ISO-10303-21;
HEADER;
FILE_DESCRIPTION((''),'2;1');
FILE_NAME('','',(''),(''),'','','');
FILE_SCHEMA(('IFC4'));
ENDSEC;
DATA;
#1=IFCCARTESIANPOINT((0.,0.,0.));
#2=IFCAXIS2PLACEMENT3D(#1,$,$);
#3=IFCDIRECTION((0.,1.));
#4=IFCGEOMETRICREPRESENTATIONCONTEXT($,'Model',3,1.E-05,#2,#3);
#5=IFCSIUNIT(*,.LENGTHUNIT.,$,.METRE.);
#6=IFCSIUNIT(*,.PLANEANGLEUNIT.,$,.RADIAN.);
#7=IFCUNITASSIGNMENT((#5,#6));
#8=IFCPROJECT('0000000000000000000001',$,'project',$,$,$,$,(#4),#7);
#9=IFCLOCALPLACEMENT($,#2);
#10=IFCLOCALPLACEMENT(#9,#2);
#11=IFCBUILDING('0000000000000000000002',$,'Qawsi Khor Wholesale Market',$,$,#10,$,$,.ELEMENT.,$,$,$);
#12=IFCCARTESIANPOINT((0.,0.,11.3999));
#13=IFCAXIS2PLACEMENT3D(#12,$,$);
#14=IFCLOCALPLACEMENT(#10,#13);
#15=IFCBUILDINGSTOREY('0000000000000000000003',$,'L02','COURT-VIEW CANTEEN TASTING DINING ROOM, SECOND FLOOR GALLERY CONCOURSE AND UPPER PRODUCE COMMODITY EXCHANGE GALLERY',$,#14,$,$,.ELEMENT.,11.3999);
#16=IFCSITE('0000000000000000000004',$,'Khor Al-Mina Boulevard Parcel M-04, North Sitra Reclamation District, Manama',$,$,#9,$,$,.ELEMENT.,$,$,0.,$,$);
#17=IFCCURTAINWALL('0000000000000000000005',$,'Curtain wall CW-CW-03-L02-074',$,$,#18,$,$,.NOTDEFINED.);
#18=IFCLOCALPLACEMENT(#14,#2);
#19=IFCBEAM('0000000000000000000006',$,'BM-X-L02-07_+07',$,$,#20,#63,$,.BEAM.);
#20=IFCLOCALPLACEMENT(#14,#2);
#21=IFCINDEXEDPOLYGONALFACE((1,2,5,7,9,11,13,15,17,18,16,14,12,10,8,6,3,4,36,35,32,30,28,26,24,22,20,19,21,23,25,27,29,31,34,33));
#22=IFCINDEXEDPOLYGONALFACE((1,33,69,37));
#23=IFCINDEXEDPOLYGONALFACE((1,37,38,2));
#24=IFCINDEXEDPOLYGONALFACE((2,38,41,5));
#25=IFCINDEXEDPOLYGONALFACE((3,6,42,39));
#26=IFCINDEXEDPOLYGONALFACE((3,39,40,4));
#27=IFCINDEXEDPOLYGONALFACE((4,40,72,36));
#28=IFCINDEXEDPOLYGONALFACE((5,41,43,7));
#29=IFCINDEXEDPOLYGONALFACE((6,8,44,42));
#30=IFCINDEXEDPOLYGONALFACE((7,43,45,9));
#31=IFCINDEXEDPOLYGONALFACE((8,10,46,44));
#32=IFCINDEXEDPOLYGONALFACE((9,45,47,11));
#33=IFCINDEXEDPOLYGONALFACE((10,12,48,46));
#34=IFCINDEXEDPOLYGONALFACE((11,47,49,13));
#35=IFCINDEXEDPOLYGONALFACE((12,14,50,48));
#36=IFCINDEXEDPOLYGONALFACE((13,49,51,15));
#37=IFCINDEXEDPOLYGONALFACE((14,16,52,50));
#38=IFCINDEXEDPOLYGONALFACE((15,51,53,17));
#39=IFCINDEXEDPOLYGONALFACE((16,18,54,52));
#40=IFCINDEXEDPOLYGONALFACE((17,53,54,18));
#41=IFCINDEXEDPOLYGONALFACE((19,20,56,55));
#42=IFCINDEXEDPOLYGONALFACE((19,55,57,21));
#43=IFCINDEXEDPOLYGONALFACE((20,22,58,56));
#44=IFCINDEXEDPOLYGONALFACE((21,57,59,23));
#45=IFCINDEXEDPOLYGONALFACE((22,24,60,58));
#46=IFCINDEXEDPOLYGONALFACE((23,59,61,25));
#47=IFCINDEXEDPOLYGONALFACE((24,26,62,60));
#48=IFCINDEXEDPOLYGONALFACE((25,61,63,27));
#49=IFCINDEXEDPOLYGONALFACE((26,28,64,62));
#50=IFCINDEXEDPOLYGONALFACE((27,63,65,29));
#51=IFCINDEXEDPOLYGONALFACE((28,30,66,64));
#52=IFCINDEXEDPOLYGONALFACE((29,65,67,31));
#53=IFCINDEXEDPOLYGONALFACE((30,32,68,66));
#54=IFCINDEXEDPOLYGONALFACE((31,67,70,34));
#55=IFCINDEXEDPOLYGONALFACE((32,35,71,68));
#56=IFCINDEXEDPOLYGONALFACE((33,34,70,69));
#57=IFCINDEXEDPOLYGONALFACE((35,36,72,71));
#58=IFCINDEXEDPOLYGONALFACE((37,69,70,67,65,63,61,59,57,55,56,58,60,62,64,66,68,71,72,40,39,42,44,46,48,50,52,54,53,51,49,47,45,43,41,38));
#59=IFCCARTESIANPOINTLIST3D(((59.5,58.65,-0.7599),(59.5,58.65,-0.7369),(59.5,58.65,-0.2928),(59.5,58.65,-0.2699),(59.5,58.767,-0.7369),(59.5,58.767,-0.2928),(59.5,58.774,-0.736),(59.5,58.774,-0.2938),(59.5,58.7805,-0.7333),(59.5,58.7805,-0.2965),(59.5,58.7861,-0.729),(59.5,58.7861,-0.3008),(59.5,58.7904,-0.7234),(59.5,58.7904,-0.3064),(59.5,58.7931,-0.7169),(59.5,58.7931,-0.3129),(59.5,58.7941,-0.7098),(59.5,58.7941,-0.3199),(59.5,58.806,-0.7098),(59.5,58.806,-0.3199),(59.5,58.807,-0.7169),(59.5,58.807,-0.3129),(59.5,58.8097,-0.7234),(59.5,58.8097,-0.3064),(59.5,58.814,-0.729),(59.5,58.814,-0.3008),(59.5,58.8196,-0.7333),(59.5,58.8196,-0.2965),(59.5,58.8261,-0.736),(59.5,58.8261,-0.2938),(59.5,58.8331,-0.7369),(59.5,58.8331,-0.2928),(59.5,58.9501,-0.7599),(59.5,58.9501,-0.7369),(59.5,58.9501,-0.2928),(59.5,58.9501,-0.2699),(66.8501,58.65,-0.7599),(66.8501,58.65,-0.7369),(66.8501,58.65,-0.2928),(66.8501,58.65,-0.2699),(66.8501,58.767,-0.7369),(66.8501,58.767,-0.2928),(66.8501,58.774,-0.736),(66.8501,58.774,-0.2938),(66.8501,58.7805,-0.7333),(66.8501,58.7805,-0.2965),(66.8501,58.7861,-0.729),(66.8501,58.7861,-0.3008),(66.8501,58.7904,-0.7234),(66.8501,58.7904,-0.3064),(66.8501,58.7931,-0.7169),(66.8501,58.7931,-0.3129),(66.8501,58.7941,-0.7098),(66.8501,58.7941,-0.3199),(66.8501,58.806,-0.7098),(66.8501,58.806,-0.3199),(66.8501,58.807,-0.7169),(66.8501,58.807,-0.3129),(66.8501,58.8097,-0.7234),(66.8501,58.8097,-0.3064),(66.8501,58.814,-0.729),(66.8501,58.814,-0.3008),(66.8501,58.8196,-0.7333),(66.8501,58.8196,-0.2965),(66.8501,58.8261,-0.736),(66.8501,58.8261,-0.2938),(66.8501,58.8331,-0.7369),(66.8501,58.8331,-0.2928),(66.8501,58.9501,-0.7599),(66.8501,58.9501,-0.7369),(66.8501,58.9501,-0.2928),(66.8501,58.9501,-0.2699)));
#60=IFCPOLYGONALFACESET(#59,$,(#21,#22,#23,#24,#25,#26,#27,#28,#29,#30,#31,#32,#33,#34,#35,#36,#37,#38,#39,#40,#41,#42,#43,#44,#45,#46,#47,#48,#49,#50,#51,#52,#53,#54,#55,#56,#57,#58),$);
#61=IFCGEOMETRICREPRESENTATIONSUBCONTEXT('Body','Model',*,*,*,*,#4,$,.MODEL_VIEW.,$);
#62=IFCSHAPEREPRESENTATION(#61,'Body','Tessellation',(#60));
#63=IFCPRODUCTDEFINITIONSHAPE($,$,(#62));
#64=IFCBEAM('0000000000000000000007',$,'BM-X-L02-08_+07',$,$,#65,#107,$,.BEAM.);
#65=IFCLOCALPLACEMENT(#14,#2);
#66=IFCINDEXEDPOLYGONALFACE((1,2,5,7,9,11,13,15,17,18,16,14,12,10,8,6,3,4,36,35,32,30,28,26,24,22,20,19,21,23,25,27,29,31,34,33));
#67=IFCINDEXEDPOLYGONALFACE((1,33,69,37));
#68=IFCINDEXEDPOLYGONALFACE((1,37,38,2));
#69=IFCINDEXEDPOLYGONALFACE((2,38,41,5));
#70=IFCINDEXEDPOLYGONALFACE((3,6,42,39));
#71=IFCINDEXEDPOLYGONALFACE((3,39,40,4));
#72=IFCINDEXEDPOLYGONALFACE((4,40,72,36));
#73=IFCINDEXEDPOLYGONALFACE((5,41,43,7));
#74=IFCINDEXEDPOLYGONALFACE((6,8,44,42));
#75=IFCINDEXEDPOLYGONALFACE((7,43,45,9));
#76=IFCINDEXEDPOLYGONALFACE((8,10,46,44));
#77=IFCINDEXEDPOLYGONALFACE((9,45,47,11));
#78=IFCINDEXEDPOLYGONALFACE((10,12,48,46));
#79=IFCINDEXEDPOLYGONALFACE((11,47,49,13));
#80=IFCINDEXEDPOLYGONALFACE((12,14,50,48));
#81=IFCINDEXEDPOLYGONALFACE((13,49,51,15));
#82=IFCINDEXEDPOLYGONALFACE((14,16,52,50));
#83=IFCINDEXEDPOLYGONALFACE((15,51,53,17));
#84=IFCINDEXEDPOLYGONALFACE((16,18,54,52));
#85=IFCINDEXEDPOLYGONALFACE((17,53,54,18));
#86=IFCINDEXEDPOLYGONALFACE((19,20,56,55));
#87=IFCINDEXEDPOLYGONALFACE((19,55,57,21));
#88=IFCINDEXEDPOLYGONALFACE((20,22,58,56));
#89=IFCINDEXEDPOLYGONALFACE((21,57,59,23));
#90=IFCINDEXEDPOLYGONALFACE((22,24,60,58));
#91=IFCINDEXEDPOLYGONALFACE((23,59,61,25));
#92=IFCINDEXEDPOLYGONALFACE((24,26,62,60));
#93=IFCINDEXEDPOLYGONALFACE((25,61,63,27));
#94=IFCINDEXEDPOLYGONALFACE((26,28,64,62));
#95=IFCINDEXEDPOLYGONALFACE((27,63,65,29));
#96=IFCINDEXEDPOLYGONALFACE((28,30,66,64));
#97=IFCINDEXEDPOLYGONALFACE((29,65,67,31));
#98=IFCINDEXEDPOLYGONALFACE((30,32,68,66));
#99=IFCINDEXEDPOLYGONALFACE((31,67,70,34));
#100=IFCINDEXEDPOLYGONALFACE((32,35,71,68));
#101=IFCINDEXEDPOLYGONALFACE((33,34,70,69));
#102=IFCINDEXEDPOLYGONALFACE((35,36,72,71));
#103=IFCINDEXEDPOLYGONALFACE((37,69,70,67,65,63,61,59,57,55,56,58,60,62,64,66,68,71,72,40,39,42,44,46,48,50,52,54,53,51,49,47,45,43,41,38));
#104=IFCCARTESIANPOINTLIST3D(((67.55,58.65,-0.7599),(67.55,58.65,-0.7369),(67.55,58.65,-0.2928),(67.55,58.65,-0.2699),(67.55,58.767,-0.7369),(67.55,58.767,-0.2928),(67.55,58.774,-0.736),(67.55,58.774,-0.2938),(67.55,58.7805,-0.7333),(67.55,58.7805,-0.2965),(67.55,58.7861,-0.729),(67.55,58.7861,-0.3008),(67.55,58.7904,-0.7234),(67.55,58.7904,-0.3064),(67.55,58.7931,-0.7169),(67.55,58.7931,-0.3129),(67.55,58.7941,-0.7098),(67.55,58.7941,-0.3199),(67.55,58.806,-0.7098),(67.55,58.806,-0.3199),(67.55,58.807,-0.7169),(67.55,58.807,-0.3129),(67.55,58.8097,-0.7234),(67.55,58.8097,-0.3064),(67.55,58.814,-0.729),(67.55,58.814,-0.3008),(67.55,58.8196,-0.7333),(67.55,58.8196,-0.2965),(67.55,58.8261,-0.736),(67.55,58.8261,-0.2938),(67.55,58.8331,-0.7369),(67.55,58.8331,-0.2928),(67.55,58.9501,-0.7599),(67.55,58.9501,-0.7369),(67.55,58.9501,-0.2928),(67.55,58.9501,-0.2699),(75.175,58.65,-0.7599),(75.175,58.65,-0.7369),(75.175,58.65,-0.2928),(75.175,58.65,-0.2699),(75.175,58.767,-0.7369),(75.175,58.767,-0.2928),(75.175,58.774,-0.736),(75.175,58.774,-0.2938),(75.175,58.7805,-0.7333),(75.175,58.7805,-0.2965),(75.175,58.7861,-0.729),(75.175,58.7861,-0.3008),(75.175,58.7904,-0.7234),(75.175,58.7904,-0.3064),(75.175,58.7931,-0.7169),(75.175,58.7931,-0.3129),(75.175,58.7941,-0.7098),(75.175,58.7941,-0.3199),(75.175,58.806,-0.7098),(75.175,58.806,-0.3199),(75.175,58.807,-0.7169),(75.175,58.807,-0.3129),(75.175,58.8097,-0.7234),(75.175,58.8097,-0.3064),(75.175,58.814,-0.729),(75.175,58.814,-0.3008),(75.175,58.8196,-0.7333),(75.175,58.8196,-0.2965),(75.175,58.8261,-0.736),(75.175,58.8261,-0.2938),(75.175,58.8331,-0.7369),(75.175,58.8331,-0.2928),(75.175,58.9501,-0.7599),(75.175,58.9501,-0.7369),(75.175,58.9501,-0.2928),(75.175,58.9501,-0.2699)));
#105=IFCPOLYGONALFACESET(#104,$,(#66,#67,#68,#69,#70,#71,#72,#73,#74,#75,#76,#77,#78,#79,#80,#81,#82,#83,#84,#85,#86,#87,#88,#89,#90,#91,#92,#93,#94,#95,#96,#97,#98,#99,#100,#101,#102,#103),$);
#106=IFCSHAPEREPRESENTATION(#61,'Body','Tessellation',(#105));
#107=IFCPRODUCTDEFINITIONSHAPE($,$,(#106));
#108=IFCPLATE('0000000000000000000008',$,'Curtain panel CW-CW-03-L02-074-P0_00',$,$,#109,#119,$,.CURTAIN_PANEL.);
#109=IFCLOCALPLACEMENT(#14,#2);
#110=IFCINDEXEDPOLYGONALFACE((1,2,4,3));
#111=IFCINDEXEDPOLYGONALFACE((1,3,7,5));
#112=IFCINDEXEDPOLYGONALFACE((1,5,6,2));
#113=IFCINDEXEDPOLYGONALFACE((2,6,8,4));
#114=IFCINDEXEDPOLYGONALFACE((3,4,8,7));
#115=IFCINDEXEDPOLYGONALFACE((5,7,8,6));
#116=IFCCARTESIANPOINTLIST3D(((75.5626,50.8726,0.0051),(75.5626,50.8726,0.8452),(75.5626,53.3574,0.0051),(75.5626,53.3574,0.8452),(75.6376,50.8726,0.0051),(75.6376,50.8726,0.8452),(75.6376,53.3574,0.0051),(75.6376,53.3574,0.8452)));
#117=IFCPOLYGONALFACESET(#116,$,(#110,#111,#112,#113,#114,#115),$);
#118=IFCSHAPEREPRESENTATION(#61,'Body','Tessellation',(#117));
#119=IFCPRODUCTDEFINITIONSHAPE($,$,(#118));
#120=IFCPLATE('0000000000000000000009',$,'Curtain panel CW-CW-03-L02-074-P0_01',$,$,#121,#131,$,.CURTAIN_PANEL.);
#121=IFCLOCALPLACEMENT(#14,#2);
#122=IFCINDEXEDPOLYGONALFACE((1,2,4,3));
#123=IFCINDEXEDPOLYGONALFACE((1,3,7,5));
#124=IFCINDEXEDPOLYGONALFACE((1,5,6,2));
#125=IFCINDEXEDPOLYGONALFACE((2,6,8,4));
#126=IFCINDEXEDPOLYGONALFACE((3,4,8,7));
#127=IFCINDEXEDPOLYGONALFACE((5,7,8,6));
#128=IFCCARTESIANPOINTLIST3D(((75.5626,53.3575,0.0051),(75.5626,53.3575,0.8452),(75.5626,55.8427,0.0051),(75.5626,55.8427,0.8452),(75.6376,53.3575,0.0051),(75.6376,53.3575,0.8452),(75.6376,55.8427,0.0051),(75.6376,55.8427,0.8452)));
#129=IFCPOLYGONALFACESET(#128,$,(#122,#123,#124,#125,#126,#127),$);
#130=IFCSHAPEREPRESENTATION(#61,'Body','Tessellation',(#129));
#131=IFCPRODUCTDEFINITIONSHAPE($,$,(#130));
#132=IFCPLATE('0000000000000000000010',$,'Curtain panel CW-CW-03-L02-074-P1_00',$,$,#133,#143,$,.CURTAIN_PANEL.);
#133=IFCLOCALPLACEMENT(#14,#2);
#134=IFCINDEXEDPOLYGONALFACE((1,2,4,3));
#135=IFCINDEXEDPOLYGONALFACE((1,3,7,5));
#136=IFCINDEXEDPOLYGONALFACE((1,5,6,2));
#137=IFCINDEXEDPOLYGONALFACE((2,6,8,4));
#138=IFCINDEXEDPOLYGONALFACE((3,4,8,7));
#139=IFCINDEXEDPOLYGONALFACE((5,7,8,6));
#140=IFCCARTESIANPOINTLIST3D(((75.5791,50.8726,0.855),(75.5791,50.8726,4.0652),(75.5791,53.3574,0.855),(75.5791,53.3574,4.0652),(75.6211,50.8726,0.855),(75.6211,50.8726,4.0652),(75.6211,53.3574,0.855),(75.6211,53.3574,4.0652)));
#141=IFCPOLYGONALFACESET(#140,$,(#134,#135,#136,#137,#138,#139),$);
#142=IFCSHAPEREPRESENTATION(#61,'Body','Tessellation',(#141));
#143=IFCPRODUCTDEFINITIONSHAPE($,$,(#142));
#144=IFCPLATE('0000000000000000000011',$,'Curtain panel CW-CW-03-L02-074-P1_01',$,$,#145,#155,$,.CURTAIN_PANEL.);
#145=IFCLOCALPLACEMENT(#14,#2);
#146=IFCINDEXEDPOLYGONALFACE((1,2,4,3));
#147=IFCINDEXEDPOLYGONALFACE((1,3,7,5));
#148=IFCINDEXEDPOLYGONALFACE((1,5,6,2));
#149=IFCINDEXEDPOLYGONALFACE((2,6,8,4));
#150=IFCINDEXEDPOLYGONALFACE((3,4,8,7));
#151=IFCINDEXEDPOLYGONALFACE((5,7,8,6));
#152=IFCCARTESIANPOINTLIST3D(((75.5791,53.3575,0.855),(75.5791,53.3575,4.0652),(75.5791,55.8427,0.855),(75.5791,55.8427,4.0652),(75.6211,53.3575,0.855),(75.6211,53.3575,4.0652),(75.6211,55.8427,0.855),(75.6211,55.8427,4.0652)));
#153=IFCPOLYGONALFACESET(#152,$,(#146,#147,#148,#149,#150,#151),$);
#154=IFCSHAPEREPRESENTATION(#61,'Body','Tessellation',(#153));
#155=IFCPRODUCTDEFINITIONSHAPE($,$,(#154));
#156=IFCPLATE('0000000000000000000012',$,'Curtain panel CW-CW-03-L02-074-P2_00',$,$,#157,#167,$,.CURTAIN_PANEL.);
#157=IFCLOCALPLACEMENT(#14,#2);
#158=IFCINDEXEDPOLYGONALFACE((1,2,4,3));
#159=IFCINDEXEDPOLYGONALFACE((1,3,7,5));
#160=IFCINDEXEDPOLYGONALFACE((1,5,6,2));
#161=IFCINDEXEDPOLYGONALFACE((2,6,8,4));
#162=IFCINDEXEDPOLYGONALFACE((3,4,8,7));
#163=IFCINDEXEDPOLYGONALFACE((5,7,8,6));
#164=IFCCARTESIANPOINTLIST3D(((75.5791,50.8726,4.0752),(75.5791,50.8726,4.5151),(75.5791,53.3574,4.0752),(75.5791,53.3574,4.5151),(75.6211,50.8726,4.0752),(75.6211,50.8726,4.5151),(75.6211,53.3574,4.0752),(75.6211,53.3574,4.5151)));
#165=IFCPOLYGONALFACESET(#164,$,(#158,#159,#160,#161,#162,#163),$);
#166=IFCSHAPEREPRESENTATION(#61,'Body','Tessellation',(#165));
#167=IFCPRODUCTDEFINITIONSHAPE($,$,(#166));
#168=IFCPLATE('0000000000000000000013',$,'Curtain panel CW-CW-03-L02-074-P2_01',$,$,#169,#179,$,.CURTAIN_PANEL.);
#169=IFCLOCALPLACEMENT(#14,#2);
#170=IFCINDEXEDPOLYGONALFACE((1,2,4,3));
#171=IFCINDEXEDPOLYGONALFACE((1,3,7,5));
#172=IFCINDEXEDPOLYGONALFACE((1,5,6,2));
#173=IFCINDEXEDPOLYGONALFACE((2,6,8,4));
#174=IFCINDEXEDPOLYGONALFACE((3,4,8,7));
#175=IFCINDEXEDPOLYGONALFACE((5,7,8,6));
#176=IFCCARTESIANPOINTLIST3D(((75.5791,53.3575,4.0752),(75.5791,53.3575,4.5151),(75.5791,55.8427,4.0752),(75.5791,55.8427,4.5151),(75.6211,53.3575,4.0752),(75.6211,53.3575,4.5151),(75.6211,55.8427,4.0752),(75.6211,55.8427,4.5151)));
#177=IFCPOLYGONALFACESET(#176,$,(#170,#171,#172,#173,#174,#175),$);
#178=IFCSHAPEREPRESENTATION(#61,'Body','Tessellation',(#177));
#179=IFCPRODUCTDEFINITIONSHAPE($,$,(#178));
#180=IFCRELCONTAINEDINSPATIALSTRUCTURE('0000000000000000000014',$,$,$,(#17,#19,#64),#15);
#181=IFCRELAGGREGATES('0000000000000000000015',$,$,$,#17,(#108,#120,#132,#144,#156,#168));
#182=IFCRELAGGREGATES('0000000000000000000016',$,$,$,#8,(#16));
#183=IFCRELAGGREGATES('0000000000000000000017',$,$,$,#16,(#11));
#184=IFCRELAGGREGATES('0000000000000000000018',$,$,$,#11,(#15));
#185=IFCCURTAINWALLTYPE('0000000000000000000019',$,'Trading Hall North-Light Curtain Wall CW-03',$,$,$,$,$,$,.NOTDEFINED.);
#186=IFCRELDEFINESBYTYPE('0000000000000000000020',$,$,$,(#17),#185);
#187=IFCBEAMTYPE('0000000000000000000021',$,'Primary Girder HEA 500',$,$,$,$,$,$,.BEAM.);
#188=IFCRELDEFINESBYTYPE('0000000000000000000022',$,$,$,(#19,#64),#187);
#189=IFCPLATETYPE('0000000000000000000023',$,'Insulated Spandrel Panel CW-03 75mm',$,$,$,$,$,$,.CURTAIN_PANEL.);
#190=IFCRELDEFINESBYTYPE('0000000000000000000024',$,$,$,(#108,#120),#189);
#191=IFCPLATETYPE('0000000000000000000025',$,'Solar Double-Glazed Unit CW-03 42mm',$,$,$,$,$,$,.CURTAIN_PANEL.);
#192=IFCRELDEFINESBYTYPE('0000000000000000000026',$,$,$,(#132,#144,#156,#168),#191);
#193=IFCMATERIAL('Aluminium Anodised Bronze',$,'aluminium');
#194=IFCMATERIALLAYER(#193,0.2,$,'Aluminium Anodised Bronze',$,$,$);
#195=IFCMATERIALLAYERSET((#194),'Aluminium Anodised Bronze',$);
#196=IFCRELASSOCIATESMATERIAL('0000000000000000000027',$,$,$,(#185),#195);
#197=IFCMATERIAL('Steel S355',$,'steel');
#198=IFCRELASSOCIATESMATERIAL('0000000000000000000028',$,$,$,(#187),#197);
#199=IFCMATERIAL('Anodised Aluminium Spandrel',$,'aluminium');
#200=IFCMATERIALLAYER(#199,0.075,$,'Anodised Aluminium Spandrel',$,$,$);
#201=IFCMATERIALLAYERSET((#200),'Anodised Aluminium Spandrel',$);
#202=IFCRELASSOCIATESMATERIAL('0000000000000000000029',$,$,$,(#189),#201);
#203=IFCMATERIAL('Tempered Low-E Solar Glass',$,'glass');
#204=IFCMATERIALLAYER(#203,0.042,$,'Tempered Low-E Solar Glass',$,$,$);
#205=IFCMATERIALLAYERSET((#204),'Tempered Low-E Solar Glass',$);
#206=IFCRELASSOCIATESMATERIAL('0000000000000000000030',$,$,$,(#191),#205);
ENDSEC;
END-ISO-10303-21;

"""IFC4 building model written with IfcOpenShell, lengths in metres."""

from ifc_helpers import new_model, si_unit, direction, frame, frame_2d, origin, origin_2d, place, context, subcontext, project, spatial, rectangle, i_section, extrude, material, layer, layer_set, material_profile, profile_set, type_object, element, aggregate, save


model = new_model("IFC4")

# Units and contexts
model_context = context("Model", 3, precision=1e-05, world=origin(), true_north=direction((0.0, 1.0)))
body_context = subcontext(model_context, "Body", "Model", "MODEL_VIEW")
ifc_project = project(units=[si_unit("LENGTHUNIT", "METRE"), si_unit("PLANEANGLEUNIT", "RADIAN")], contexts=[model_context])

# Site, building, storey
site_placement = place(None, origin())
site = spatial("IfcSite", under=ifc_project, at=site_placement, Name="Khor Al-Mina Boulevard Parcel M-04, North Sitra Reclamation District, Manama", CompositionType="ELEMENT", RefElevation=0.0)
building_placement = place(site_placement, origin())
building = spatial("IfcBuilding", under=site, at=building_placement, Name="Qawsi Khor Wholesale Market", CompositionType="ELEMENT")
storey_placement = place(building_placement, frame((0.0, 0.0, 11.3999)))
storey = spatial("IfcBuildingStorey", under=building, at=storey_placement, Name="L02", Description="COURT-VIEW CANTEEN TASTING DINING ROOM, SECOND FLOOR GALLERY CONCOURSE AND UPPER PRODUCE COMMODITY EXCHANGE GALLERY", CompositionType="ELEMENT", Elevation=11.3999)

# Curtain wall
ifc_material_1 = material(Name="Aluminium Anodised Bronze", Category="aluminium")
ifc_layer_1 = layer(ifc_material_1, 0.2, Name="Aluminium Anodised Bronze")
ifc_layer_set_1 = layer_set([ifc_layer_1], Name="Aluminium Anodised Bronze")
curtain_wall_type = type_object("IfcCurtainWallType", Name="Trading Hall North-Light Curtain Wall CW-03", PredefinedType="NOTDEFINED", material=ifc_layer_set_1)
curtain_wall_placement = place(storey_placement, origin())
curtain_wall = element("IfcCurtainWall", 1, at=curtain_wall_placement, inside=storey, type_object=curtain_wall_type, Name="Curtain wall CW-CW-03-L02-074", PredefinedType="NOTDEFINED")

# Beams
ifc_material_2 = material(Name="Steel S355", Category="steel")
ifc_material_profile_1 = material_profile(ifc_material_2, i_section(OverallWidth=0.3, OverallDepth=0.49, WebThickness=0.012, FlangeThickness=0.0229, FilletRadius=0.0271, at=origin_2d()), Name="HEA 500")
ifc_profile_set_1 = profile_set([ifc_material_profile_1], Name="Steel S355")
beam_type = type_object("IfcBeamType", Name="Primary Girder HEA 500", PredefinedType="BEAM", material=ifc_profile_set_1)
beam_1_placement = place(storey_placement, frame((59.5, 58.8, -0.5149), z_axis=(1.0, 0.0, 0.0), x_axis=(0.0, 1.0, 0.0)))
element("IfcBeam", 2, at=beam_1_placement, inside=storey, type_object=beam_type, Name="BM-X-L02-07_+07", PredefinedType="BEAM", context=body_context, shape_type="SweptSolid", body=[
    extrude(i_section(OverallWidth=0.3, OverallDepth=0.49, WebThickness=0.012, FlangeThickness=0.0229, FilletRadius=0.0271, at=origin_2d()), origin(), (0.0, 0.0, 1.0), 7.3501),
])
beam_2_placement = place(storey_placement, frame((67.55, 58.8, -0.5149), z_axis=(1.0, 0.0, 0.0), x_axis=(0.0, 1.0, 0.0)))
element("IfcBeam", 3, at=beam_2_placement, inside=storey, type_object=beam_type, Name="BM-X-L02-08_+07", PredefinedType="BEAM", context=body_context, shape_type="SweptSolid", body=[
    extrude(i_section(OverallWidth=0.3, OverallDepth=0.49, WebThickness=0.012, FlangeThickness=0.0229, FilletRadius=0.0271, at=origin_2d()), origin(), (0.0, 0.0, 1.0), 7.625),
])

# Plates
ifc_material_3 = material(Name="Anodised Aluminium Spandrel", Category="aluminium")
ifc_layer_2 = layer(ifc_material_3, 0.075, Name="Anodised Aluminium Spandrel")
ifc_layer_set_2 = layer_set([ifc_layer_2], Name="Anodised Aluminium Spandrel")
plate_type_1 = type_object("IfcPlateType", Name="Insulated Spandrel Panel CW-03 75mm", PredefinedType="CURTAIN_PANEL", material=ifc_layer_set_2)
plate_1_placement = place(storey_placement, frame((75.6001, 50.8726, 0.0051), z_axis=(0.0, 0.0, 1.0), x_axis=(0.0, 1.0, 0.0)))
plate_1 = element("IfcPlate", 4, at=plate_1_placement, type_object=plate_type_1, Name="Curtain panel CW-CW-03-L02-074-P0_00", PredefinedType="CURTAIN_PANEL", context=body_context, shape_type="SweptSolid", body=[
    extrude(rectangle(XDim=2.4849, YDim=0.075, at=frame_2d((1.2424, 0.0))), origin(), (0.0, 0.0, 1.0), 0.8401),
])
plate_2_placement = place(storey_placement, frame((75.6001, 53.3574, 0.0051), z_axis=(0.0, 0.0, 1.0), x_axis=(0.0, 1.0, 0.0)))
plate_2 = element("IfcPlate", 5, at=plate_2_placement, type_object=plate_type_1, Name="Curtain panel CW-CW-03-L02-074-P0_01", PredefinedType="CURTAIN_PANEL", context=body_context, shape_type="SweptSolid", body=[
    extrude(rectangle(XDim=2.4851, YDim=0.075, at=frame_2d((1.2427, 0.0))), origin(), (0.0, 0.0, 1.0), 0.8401),
])
ifc_material_4 = material(Name="Tempered Low-E Solar Glass", Category="glass")
ifc_layer_3 = layer(ifc_material_4, 0.042, Name="Tempered Low-E Solar Glass")
ifc_layer_set_3 = layer_set([ifc_layer_3], Name="Tempered Low-E Solar Glass")
plate_type_2 = type_object("IfcPlateType", Name="Solar Double-Glazed Unit CW-03 42mm", PredefinedType="CURTAIN_PANEL", material=ifc_layer_set_3)
plate_3_placement = place(storey_placement, frame((75.6001, 50.8726, 0.855), z_axis=(0.0, 0.0, 1.0), x_axis=(0.0, 1.0, 0.0)))
plate_3 = element("IfcPlate", 6, at=plate_3_placement, type_object=plate_type_2, Name="Curtain panel CW-CW-03-L02-074-P1_00", PredefinedType="CURTAIN_PANEL", context=body_context, shape_type="SweptSolid", body=[
    extrude(rectangle(XDim=2.4849, YDim=0.042, at=frame_2d((1.2424, 0.0))), origin(), (0.0, 0.0, 1.0), 3.2102),
])
plate_4_placement = place(storey_placement, frame((75.6001, 53.3574, 0.855), z_axis=(0.0, 0.0, 1.0), x_axis=(0.0, 1.0, 0.0)))
plate_4 = element("IfcPlate", 7, at=plate_4_placement, type_object=plate_type_2, Name="Curtain panel CW-CW-03-L02-074-P1_01", PredefinedType="CURTAIN_PANEL", context=body_context, shape_type="SweptSolid", body=[
    extrude(rectangle(XDim=2.4851, YDim=0.042, at=frame_2d((1.2427, 0.0))), origin(), (0.0, 0.0, 1.0), 3.2102),
])
plate_5_placement = place(storey_placement, frame((75.6001, 50.8726, 4.0752), z_axis=(0.0, 0.0, 1.0), x_axis=(0.0, 1.0, 0.0)))
plate_5 = element("IfcPlate", 8, at=plate_5_placement, type_object=plate_type_2, Name="Curtain panel CW-CW-03-L02-074-P2_00", PredefinedType="CURTAIN_PANEL", context=body_context, shape_type="SweptSolid", body=[
    extrude(rectangle(XDim=2.4849, YDim=0.042, at=frame_2d((1.2424, 0.0))), origin(), (0.0, 0.0, 1.0), 0.4399),
])
plate_6_placement = place(storey_placement, frame((75.6001, 53.3574, 4.0752), z_axis=(0.0, 0.0, 1.0), x_axis=(0.0, 1.0, 0.0)))
plate_6 = element("IfcPlate", 9, at=plate_6_placement, type_object=plate_type_2, Name="Curtain panel CW-CW-03-L02-074-P2_01", PredefinedType="CURTAIN_PANEL", context=body_context, shape_type="SweptSolid", body=[
    extrude(rectangle(XDim=2.4851, YDim=0.042, at=frame_2d((1.2427, 0.0))), origin(), (0.0, 0.0, 1.0), 0.4399),
])
aggregate(curtain_wall, [plate_1, plate_2, plate_3, plate_4, plate_5, plate_6])

save(model, "model.ifc")
